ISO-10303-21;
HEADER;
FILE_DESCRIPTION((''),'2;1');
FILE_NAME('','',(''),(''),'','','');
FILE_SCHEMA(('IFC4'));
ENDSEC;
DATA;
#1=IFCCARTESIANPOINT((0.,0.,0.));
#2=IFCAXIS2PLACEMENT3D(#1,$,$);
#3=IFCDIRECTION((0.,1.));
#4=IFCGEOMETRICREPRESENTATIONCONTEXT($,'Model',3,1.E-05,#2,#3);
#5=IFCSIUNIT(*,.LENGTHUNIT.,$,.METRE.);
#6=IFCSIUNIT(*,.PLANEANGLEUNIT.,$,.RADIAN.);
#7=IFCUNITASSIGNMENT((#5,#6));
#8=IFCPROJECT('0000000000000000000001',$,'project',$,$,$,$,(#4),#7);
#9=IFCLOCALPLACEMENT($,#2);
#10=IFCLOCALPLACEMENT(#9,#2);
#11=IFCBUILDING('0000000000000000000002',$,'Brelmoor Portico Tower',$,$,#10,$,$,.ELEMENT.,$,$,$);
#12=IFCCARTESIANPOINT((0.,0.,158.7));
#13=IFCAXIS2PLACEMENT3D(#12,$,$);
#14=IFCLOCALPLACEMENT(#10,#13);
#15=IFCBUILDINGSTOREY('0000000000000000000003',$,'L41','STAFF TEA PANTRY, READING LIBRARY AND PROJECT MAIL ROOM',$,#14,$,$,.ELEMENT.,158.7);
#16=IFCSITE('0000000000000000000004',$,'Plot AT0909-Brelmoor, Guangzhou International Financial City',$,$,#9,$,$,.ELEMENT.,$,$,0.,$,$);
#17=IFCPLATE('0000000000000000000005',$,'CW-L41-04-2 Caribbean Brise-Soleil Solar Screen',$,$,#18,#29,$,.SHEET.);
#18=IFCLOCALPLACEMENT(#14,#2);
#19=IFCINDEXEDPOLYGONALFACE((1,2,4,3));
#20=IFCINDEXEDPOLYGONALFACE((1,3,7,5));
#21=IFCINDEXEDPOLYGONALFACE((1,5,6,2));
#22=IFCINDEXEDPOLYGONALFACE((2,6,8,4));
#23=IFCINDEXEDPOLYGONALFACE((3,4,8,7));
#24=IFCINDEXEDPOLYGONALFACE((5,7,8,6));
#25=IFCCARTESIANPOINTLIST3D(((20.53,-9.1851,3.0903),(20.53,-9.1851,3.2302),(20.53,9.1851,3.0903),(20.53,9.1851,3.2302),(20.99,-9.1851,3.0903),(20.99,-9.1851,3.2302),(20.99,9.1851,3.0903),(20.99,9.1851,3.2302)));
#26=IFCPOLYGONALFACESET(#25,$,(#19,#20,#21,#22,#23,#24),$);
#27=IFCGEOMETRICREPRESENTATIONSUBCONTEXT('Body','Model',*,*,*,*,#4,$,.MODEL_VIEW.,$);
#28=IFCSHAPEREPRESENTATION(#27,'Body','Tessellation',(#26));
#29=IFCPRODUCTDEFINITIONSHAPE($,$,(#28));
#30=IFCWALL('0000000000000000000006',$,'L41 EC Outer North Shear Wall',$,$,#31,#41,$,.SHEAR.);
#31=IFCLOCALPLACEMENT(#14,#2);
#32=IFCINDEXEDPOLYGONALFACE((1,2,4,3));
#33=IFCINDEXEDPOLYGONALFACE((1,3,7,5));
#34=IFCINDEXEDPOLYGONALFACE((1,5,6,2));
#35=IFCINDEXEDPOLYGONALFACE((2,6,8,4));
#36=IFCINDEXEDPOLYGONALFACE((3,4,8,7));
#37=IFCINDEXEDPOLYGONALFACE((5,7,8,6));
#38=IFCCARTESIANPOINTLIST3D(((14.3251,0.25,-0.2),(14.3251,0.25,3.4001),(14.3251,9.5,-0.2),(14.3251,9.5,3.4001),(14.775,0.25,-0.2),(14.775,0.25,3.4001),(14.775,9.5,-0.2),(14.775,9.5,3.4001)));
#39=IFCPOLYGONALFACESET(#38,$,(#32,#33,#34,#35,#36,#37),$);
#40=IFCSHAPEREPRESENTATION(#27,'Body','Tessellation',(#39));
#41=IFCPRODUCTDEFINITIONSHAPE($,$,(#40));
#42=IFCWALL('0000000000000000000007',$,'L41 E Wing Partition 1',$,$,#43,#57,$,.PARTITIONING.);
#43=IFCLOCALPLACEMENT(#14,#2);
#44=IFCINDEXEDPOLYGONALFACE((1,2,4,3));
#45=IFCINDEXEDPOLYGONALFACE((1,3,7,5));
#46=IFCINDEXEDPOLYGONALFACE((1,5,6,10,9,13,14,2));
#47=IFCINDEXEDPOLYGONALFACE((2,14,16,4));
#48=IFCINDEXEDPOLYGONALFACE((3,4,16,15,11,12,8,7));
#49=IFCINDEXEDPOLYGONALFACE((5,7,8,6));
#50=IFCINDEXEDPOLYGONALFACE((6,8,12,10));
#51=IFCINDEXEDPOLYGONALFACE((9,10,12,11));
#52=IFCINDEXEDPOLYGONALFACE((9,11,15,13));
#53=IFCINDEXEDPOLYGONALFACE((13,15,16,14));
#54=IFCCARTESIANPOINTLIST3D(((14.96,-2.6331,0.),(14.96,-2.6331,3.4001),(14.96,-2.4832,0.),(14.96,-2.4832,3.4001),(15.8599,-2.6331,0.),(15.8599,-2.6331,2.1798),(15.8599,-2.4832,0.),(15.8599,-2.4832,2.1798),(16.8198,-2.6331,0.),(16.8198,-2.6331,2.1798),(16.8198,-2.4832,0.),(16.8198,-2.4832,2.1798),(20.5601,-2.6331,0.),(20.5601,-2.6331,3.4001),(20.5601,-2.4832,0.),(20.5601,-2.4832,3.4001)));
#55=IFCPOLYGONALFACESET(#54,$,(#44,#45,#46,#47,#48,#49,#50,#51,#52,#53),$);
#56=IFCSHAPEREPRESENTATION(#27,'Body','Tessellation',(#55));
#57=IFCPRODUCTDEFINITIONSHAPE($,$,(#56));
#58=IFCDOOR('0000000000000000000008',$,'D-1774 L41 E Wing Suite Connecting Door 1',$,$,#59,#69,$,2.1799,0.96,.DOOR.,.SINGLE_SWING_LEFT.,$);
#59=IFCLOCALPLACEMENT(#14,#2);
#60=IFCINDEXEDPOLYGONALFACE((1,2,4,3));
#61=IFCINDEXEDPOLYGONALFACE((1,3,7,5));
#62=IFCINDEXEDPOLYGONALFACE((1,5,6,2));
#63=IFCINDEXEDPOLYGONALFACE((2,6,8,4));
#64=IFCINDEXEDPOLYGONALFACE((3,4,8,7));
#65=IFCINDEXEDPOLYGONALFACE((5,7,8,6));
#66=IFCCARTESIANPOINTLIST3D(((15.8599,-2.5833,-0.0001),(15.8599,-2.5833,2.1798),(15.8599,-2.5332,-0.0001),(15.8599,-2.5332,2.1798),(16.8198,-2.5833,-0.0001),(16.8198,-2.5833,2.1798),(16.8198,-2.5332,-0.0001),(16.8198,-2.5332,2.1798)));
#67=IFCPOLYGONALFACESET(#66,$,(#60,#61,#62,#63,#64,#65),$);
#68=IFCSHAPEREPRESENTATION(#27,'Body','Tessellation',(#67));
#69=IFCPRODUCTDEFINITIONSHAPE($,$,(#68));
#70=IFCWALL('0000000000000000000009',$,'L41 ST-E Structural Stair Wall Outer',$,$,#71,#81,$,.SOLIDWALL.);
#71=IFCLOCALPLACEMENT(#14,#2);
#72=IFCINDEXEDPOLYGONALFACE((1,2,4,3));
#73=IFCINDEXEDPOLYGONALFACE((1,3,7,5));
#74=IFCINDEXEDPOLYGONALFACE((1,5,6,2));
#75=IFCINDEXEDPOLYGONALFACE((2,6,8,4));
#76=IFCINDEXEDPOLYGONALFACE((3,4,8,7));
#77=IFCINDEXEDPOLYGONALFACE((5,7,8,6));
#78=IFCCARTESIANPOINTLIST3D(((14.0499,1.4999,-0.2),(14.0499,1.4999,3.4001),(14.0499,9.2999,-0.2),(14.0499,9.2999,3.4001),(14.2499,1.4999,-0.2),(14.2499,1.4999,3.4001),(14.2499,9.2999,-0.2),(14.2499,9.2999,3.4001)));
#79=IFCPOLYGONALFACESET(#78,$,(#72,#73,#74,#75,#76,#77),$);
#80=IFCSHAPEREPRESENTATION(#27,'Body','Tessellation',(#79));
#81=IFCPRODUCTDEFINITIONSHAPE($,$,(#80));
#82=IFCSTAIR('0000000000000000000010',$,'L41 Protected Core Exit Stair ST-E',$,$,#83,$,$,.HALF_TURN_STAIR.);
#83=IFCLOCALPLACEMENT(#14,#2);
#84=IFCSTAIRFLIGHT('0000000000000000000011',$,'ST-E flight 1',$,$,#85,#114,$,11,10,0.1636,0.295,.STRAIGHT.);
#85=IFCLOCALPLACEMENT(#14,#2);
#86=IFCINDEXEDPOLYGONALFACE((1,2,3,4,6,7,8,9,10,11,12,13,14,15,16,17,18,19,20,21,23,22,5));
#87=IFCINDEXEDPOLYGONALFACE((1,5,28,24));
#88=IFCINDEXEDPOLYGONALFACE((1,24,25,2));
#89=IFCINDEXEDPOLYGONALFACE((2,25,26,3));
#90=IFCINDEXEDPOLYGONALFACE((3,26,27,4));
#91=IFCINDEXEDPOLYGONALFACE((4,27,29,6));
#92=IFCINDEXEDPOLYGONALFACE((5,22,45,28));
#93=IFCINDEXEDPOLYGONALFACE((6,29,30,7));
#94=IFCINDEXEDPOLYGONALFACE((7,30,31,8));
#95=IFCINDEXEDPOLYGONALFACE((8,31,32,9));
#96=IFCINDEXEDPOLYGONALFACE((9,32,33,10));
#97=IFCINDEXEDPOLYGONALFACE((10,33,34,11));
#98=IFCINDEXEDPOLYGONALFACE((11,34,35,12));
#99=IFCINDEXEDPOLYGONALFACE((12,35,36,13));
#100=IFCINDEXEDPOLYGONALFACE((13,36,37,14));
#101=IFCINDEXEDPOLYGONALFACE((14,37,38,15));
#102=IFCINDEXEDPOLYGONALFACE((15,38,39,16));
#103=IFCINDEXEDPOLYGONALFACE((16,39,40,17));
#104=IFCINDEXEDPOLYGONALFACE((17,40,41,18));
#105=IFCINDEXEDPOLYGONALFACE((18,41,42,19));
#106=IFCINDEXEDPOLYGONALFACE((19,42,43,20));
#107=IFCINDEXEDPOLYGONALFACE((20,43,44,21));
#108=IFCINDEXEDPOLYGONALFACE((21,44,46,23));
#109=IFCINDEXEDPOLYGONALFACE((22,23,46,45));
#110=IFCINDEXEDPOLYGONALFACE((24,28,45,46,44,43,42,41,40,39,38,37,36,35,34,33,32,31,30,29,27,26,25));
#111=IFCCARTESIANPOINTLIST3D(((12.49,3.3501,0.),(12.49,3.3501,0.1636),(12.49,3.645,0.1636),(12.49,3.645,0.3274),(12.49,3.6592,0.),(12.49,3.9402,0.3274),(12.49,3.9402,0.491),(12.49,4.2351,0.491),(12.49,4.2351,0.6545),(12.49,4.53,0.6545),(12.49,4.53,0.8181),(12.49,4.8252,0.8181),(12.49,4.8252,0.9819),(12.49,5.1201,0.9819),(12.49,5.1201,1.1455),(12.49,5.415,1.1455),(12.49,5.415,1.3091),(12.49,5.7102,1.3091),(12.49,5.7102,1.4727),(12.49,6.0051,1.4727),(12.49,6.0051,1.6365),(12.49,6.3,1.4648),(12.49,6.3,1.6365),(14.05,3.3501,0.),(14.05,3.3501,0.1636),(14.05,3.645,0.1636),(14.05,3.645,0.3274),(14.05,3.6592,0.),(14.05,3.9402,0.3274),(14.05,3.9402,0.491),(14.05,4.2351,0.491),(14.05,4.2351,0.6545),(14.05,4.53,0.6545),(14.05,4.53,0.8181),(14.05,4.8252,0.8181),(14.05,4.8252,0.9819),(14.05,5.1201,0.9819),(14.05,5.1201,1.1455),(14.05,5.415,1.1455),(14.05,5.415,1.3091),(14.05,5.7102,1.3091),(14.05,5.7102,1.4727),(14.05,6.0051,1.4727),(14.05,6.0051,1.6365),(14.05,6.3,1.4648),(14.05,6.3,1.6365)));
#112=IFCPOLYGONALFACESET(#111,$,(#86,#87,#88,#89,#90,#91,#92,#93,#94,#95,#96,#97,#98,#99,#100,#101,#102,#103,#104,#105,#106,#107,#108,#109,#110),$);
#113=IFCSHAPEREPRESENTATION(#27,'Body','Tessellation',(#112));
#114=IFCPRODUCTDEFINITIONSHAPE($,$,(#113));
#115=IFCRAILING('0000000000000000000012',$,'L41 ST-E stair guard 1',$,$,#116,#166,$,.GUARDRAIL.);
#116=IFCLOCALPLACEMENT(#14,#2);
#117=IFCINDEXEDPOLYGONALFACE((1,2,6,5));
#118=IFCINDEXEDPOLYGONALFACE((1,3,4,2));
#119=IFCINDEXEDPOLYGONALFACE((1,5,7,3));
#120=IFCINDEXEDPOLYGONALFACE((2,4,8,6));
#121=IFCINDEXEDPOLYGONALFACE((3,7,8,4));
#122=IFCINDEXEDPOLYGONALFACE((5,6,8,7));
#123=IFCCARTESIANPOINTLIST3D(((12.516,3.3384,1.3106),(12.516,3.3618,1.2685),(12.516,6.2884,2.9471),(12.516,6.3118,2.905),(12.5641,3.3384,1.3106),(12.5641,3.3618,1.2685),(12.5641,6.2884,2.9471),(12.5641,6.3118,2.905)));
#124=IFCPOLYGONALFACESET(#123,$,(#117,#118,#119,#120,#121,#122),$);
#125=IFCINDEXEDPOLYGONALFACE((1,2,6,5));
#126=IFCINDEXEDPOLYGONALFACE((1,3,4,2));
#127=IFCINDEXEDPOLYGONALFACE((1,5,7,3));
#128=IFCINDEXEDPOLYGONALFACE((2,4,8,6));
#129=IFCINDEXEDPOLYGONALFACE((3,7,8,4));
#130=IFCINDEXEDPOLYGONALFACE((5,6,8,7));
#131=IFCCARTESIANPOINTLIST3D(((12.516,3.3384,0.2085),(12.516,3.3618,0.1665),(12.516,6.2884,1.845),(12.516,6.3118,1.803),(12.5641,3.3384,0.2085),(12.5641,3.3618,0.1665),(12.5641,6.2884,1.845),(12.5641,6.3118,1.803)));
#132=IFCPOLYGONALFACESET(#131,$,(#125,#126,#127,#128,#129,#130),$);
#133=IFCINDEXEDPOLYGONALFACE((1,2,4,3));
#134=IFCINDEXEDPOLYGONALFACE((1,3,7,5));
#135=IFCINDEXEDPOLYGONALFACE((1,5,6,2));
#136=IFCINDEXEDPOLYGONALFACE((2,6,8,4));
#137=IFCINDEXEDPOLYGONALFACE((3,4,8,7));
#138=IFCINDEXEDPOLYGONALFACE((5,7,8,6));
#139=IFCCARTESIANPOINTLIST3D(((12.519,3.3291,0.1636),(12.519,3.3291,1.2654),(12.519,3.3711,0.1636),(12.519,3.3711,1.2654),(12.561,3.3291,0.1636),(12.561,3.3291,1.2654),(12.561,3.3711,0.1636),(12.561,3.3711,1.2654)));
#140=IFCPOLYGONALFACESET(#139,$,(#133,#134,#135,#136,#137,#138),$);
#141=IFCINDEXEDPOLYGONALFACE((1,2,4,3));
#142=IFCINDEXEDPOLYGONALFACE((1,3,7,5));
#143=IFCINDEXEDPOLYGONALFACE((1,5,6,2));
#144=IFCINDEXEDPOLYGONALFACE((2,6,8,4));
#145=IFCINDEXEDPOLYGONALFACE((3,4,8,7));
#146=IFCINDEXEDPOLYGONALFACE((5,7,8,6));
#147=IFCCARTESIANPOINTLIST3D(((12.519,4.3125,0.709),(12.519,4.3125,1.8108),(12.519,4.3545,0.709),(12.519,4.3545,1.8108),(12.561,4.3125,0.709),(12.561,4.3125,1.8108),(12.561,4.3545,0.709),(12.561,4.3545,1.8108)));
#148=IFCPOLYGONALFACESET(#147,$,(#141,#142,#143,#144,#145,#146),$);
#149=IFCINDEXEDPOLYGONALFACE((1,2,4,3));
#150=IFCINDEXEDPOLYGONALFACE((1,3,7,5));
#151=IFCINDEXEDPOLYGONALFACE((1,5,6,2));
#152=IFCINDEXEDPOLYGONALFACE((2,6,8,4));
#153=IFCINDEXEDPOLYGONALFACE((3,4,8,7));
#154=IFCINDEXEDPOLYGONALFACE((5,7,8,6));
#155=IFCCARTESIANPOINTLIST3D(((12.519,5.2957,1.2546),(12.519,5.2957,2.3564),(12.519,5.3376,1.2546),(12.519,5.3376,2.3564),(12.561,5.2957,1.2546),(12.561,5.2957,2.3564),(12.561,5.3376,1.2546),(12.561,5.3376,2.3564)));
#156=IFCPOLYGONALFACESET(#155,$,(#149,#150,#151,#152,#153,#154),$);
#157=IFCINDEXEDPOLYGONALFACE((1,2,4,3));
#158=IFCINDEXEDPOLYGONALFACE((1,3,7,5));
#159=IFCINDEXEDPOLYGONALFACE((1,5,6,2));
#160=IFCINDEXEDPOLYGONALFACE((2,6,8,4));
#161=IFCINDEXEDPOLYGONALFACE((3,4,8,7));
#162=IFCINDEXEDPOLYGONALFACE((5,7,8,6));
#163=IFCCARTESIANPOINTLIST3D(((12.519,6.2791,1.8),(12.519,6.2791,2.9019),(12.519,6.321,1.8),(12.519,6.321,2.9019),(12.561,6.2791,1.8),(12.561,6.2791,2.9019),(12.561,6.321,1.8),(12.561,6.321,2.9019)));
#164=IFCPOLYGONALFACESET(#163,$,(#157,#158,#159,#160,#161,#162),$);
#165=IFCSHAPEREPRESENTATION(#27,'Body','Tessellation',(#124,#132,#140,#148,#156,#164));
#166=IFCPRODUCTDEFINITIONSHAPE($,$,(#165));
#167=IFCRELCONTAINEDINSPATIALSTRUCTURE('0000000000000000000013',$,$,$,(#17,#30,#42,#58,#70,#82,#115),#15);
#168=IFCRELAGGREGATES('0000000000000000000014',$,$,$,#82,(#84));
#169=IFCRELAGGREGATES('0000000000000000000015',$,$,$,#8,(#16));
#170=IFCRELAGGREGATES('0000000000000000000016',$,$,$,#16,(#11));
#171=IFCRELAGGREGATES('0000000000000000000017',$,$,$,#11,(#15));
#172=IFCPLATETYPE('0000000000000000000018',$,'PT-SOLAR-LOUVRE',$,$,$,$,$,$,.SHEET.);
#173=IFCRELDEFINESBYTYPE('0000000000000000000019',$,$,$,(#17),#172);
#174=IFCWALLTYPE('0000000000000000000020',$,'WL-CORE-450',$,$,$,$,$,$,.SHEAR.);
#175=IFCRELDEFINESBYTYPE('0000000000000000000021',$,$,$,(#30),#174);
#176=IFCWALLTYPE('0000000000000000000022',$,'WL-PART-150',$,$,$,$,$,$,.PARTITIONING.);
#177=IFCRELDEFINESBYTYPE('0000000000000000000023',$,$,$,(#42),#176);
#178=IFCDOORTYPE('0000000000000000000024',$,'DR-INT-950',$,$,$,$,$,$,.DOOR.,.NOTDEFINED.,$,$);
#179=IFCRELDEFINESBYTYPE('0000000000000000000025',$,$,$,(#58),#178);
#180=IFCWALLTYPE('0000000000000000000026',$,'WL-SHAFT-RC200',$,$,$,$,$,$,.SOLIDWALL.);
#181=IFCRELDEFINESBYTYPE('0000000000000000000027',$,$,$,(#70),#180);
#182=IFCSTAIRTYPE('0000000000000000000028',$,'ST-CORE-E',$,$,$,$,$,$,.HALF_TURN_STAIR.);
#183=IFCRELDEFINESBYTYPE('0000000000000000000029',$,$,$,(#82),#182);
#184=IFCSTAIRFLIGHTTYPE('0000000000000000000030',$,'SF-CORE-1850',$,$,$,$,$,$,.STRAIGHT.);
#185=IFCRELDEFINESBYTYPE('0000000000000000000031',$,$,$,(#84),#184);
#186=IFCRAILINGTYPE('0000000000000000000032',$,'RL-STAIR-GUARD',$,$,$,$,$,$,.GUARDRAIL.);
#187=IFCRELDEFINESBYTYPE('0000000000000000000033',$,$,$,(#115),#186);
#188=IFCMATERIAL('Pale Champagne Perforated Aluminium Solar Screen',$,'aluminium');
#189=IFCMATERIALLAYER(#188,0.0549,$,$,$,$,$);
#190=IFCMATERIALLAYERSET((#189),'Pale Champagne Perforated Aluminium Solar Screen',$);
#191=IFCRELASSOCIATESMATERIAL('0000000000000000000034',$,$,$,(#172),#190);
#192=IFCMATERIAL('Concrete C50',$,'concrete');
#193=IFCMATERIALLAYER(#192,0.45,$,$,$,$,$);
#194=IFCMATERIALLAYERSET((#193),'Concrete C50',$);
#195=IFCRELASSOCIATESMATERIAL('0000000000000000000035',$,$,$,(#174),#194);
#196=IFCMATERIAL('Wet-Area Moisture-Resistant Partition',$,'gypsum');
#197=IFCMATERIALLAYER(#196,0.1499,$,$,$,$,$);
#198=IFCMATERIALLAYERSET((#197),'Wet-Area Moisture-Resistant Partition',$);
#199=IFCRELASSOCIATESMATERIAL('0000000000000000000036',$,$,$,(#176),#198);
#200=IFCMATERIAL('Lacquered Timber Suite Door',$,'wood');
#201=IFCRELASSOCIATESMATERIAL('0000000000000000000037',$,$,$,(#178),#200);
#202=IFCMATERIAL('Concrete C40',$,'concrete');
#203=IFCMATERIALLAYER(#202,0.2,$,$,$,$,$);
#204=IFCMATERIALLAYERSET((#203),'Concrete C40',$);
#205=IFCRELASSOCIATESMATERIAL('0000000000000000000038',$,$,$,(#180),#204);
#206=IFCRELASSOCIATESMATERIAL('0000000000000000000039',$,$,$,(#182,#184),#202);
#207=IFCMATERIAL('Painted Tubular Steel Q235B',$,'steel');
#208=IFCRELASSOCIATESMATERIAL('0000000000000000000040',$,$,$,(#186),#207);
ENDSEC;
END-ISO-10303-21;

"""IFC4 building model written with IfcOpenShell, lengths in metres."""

from ifc_helpers import new_model, si_unit, direction, frame, frame_2d, origin, origin_2d, place, context, subcontext, project, spatial, polyline, rectangle, outline, extrude, material, layer, layer_set, type_object, element, fill, aggregate, save


model = new_model("IFC4")

# Units and contexts
model_context = context("Model", 3, precision=1e-05, world=origin(), true_north=direction((0.0, 1.0)))
body_context = subcontext(model_context, "Body", "Model", "MODEL_VIEW")
ifc_project = project(units=[si_unit("LENGTHUNIT", "METRE"), si_unit("PLANEANGLEUNIT", "RADIAN")], contexts=[model_context])

# Site, building, storey
site_placement = place(None, origin())
site = spatial("IfcSite", under=ifc_project, at=site_placement, Name="Plot AT0909-Brelmoor, Guangzhou International Financial City", CompositionType="ELEMENT", RefElevation=0.0)
building_placement = place(site_placement, origin())
building = spatial("IfcBuilding", under=site, at=building_placement, Name="Brelmoor Portico Tower", CompositionType="ELEMENT")
storey_placement = place(building_placement, frame((0.0, 0.0, 158.7)))
storey = spatial("IfcBuildingStorey", under=building, at=storey_placement, Name="L41", Description="STAFF TEA PANTRY, READING LIBRARY AND PROJECT MAIL ROOM", CompositionType="ELEMENT", Elevation=158.7)

# Plate
ifc_material_1 = material(Name="Pale Champagne Perforated Aluminium Solar Screen", Category="aluminium")
ifc_layer_1 = layer(ifc_material_1, 0.0549)
ifc_layer_set_1 = layer_set([ifc_layer_1], Name="Pale Champagne Perforated Aluminium Solar Screen")
plate_type_1 = type_object("IfcPlateType", Name="PT-SOLAR-LOUVRE", PredefinedType="SHEET", material=ifc_layer_set_1)
plate_1_placement = place(storey_placement, frame((20.76, 0.0, 3.0903), z_axis=(0.0, 0.0, 1.0), x_axis=(0.0, 1.0, 0.0)))
element("IfcPlate", 1, at=plate_1_placement, inside=storey, type_object=plate_type_1, Name="CW-L41-04-2 Caribbean Brise-Soleil Solar Screen", PredefinedType="SHEET", context=body_context, shape_type="SweptSolid", body=[
    extrude(rectangle(XDim=18.3701, YDim=0.46, at=origin_2d()), origin(), (0.0, 0.0, 1.0), 0.1399),
])

# Wall
ifc_material_2 = material(Name="Concrete C50", Category="concrete")
ifc_layer_2 = layer(ifc_material_2, 0.45)
ifc_layer_set_2 = layer_set([ifc_layer_2], Name="Concrete C50")
wall_type_1 = type_object("IfcWallType", Name="WL-CORE-450", PredefinedType="SHEAR", material=ifc_layer_set_2)
wall_1_placement = place(storey_placement, frame((14.55, 0.25, -0.2), z_axis=(0.0, 0.0, 1.0), x_axis=(0.0, 1.0, 0.0)))
element("IfcWall", 2, at=wall_1_placement, inside=storey, type_object=wall_type_1, Name="L41 EC Outer North Shear Wall", PredefinedType="SHEAR", context=body_context, shape_type="SweptSolid", body=[
    extrude(rectangle(XDim=9.25, YDim=0.45, at=frame_2d((4.625, 0.0))), origin(), (0.0, 0.0, 1.0), 3.6001),
])

# Wall, opening, door
ifc_material_3 = material(Name="Wet-Area Moisture-Resistant Partition", Category="gypsum")
ifc_layer_3 = layer(ifc_material_3, 0.1499)
ifc_layer_set_3 = layer_set([ifc_layer_3], Name="Wet-Area Moisture-Resistant Partition")
wall_type_2 = type_object("IfcWallType", Name="WL-PART-150", PredefinedType="PARTITIONING", material=ifc_layer_set_3)
wall_2_placement = place(storey_placement, frame((14.96, -2.5581, 0.0), z_axis=(0.0, 0.0, 1.0), x_axis=(1.0, 0.0, 0.0)))
wall_2 = element("IfcWall", 3, at=wall_2_placement, inside=storey, type_object=wall_type_2, Name="L41 E Wing Partition 1", PredefinedType="PARTITIONING", context=body_context, shape_type="SweptSolid", body=[
    extrude(rectangle(XDim=5.6001, YDim=0.1499, at=frame_2d((2.8, 0.0))), origin(), (0.0, 0.0, 1.0), 3.4001),
])
opening_placement = place(wall_2_placement, frame((0.8999, 0.0, 0.0)))
opening = element("IfcOpeningElement", 4, at=opening_placement, cuts=wall_2, PredefinedType="OPENING", context=body_context, shape_type="SweptSolid", body=[
    extrude(rectangle(XDim=0.96, YDim=2.1799, at=frame_2d((0.48, 1.0898))), frame((0.0, 0.085, 0.0), z_axis=(0.0, -1.0, 0.0), x_axis=(1.0, 0.0, 0.0)), (0.0, 0.0, 1.0), 0.1699),
])
ifc_material_4 = material(Name="Lacquered Timber Suite Door", Category="wood")
door_type = type_object("IfcDoorType", Name="DR-INT-950", OperationType="NOTDEFINED", PredefinedType="DOOR", material=ifc_material_4)
door_placement = place(opening_placement, origin())
door = element("IfcDoor", 5, at=door_placement, inside=storey, type_object=door_type, Name="D-1774 L41 E Wing Suite Connecting Door 1", OperationType="SINGLE_SWING_LEFT", OverallHeight=2.1799, OverallWidth=0.96, PredefinedType="DOOR", context=body_context, shape_type="SweptSolid", body=[
    extrude(rectangle(XDim=0.96, YDim=2.1799, at=frame_2d((0.48, 1.0898))), frame((0.0, 0.0249, 0.0), z_axis=(0.0, -1.0, 0.0), x_axis=(1.0, 0.0, 0.0)), (0.0, 0.0, 1.0), 0.05),
])
fill(opening, door)

# Wall
ifc_material_5 = material(Name="Concrete C40", Category="concrete")
ifc_layer_4 = layer(ifc_material_5, 0.2)
ifc_layer_set_4 = layer_set([ifc_layer_4], Name="Concrete C40")
wall_type_3 = type_object("IfcWallType", Name="WL-SHAFT-RC200", PredefinedType="SOLIDWALL", material=ifc_layer_set_4)
wall_3_placement = place(storey_placement, frame((14.1499, 1.5, -0.2), z_axis=(0.0, 0.0, 1.0), x_axis=(0.0, 1.0, 0.0)))
element("IfcWall", 6, at=wall_3_placement, inside=storey, type_object=wall_type_3, Name="L41 ST-E Structural Stair Wall Outer", PredefinedType="SOLIDWALL", context=body_context, shape_type="SweptSolid", body=[
    extrude(rectangle(XDim=7.8, YDim=0.2, at=frame_2d((3.8999, 0.0))), origin(), (0.0, 0.0, 1.0), 3.6001),
])

# Stair, stair flight
stair_type = type_object("IfcStairType", Name="ST-CORE-E", PredefinedType="HALF_TURN_STAIR", material=ifc_material_5)
stair_placement = place(storey_placement, origin())
stair = element("IfcStair", 7, at=stair_placement, inside=storey, type_object=stair_type, Name="L41 Protected Core Exit Stair ST-E", PredefinedType="HALF_TURN_STAIR")
stair_flight_type = type_object("IfcStairFlightType", Name="SF-CORE-1850", PredefinedType="STRAIGHT", material=ifc_material_5)
stair_flight_placement = place(storey_placement, frame((13.27, 3.3501, 0.0), z_axis=(0.0, 0.0, 1.0), x_axis=(0.0, 1.0, 0.0)))
stair_flight = element("IfcStairFlight", 8, at=stair_flight_placement, type_object=stair_flight_type, Name="ST-E flight 1", NumberOfRisers=11, NumberOfTreads=10, PredefinedType="STRAIGHT", RiserHeight=0.1636, TreadLength=0.295, context=body_context, shape_type="SweptSolid", body=[
    extrude(outline(polyline([(0.0, 0.0), (0.0, 0.1636), (0.2949, 0.1636), (0.2949, 0.3274), (0.5901, 0.3274), (0.5901, 0.491), (0.885, 0.491), (0.885, 0.6545), (1.1799, 0.6545), (1.1799, 0.8181), (1.4751, 0.8181), (1.4751, 0.9819), (1.77, 0.9819), (1.77, 1.1455), (2.0649, 1.1455), (2.0649, 1.3091), (2.3601, 1.3091), (2.3601, 1.4727), (2.655, 1.4727), (2.655, 1.6365), (2.95, 1.6365), (2.95, 1.8), (2.95, 1.4648), (0.3091, 0.0), (0.0, 0.0)])), frame((0.0, 0.78, 0.0), z_axis=(0.0, -1.0, 0.0), x_axis=(1.0, 0.0, 0.0)), (0.0, 0.0, 1.0), 1.5601),
])
aggregate(stair, [stair_flight])

# Railing
ifc_material_6 = material(Name="Painted Tubular Steel Q235B", Category="steel")
railing_type_1 = type_object("IfcRailingType", Name="RL-STAIR-GUARD", PredefinedType="GUARDRAIL", material=ifc_material_6)
railing_1_placement = place(storey_placement, frame((12.54, 3.3501, 0.1636)))
element("IfcRailing", 9, at=railing_1_placement, inside=storey, type_object=railing_type_1, Name="L41 ST-E stair guard 1", PredefinedType="GUARDRAIL", context=body_context, shape_type="SweptSolid", body=[
    extrude(rectangle(XDim=0.0481, YDim=0.0481, at=origin_2d()), frame((0.0, 0.0, 1.126), z_axis=(0.0, 0.874458, 0.485102), x_axis=(-1.0, 0.0, 0.0)), (0.0, 0.0, 1.0), 3.3735),
    extrude(rectangle(XDim=0.0481, YDim=0.0481, at=origin_2d()), frame((0.0, 0.0, 0.0239), z_axis=(0.0, 0.874458, 0.485102), x_axis=(-1.0, 0.0, 0.0)), (0.0, 0.0, 1.0), 3.3735),
    extrude(rectangle(XDim=0.042, YDim=0.042, at=origin_2d()), origin(), (0.0, 0.0, 1.0), 1.1018),
    extrude(rectangle(XDim=0.042, YDim=0.042, at=origin_2d()), frame((0.0, 0.9834, 0.5454)), (0.0, 0.0, 1.0), 1.1018),
    extrude(rectangle(XDim=0.042, YDim=0.042, at=origin_2d()), frame((0.0, 1.9666, 1.0911)), (0.0, 0.0, 1.0), 1.1018),
    extrude(rectangle(XDim=0.042, YDim=0.042, at=origin_2d()), frame((0.0, 2.95, 1.6365)), (0.0, 0.0, 1.0), 1.1018),
])

save(model, "model.ifc")
